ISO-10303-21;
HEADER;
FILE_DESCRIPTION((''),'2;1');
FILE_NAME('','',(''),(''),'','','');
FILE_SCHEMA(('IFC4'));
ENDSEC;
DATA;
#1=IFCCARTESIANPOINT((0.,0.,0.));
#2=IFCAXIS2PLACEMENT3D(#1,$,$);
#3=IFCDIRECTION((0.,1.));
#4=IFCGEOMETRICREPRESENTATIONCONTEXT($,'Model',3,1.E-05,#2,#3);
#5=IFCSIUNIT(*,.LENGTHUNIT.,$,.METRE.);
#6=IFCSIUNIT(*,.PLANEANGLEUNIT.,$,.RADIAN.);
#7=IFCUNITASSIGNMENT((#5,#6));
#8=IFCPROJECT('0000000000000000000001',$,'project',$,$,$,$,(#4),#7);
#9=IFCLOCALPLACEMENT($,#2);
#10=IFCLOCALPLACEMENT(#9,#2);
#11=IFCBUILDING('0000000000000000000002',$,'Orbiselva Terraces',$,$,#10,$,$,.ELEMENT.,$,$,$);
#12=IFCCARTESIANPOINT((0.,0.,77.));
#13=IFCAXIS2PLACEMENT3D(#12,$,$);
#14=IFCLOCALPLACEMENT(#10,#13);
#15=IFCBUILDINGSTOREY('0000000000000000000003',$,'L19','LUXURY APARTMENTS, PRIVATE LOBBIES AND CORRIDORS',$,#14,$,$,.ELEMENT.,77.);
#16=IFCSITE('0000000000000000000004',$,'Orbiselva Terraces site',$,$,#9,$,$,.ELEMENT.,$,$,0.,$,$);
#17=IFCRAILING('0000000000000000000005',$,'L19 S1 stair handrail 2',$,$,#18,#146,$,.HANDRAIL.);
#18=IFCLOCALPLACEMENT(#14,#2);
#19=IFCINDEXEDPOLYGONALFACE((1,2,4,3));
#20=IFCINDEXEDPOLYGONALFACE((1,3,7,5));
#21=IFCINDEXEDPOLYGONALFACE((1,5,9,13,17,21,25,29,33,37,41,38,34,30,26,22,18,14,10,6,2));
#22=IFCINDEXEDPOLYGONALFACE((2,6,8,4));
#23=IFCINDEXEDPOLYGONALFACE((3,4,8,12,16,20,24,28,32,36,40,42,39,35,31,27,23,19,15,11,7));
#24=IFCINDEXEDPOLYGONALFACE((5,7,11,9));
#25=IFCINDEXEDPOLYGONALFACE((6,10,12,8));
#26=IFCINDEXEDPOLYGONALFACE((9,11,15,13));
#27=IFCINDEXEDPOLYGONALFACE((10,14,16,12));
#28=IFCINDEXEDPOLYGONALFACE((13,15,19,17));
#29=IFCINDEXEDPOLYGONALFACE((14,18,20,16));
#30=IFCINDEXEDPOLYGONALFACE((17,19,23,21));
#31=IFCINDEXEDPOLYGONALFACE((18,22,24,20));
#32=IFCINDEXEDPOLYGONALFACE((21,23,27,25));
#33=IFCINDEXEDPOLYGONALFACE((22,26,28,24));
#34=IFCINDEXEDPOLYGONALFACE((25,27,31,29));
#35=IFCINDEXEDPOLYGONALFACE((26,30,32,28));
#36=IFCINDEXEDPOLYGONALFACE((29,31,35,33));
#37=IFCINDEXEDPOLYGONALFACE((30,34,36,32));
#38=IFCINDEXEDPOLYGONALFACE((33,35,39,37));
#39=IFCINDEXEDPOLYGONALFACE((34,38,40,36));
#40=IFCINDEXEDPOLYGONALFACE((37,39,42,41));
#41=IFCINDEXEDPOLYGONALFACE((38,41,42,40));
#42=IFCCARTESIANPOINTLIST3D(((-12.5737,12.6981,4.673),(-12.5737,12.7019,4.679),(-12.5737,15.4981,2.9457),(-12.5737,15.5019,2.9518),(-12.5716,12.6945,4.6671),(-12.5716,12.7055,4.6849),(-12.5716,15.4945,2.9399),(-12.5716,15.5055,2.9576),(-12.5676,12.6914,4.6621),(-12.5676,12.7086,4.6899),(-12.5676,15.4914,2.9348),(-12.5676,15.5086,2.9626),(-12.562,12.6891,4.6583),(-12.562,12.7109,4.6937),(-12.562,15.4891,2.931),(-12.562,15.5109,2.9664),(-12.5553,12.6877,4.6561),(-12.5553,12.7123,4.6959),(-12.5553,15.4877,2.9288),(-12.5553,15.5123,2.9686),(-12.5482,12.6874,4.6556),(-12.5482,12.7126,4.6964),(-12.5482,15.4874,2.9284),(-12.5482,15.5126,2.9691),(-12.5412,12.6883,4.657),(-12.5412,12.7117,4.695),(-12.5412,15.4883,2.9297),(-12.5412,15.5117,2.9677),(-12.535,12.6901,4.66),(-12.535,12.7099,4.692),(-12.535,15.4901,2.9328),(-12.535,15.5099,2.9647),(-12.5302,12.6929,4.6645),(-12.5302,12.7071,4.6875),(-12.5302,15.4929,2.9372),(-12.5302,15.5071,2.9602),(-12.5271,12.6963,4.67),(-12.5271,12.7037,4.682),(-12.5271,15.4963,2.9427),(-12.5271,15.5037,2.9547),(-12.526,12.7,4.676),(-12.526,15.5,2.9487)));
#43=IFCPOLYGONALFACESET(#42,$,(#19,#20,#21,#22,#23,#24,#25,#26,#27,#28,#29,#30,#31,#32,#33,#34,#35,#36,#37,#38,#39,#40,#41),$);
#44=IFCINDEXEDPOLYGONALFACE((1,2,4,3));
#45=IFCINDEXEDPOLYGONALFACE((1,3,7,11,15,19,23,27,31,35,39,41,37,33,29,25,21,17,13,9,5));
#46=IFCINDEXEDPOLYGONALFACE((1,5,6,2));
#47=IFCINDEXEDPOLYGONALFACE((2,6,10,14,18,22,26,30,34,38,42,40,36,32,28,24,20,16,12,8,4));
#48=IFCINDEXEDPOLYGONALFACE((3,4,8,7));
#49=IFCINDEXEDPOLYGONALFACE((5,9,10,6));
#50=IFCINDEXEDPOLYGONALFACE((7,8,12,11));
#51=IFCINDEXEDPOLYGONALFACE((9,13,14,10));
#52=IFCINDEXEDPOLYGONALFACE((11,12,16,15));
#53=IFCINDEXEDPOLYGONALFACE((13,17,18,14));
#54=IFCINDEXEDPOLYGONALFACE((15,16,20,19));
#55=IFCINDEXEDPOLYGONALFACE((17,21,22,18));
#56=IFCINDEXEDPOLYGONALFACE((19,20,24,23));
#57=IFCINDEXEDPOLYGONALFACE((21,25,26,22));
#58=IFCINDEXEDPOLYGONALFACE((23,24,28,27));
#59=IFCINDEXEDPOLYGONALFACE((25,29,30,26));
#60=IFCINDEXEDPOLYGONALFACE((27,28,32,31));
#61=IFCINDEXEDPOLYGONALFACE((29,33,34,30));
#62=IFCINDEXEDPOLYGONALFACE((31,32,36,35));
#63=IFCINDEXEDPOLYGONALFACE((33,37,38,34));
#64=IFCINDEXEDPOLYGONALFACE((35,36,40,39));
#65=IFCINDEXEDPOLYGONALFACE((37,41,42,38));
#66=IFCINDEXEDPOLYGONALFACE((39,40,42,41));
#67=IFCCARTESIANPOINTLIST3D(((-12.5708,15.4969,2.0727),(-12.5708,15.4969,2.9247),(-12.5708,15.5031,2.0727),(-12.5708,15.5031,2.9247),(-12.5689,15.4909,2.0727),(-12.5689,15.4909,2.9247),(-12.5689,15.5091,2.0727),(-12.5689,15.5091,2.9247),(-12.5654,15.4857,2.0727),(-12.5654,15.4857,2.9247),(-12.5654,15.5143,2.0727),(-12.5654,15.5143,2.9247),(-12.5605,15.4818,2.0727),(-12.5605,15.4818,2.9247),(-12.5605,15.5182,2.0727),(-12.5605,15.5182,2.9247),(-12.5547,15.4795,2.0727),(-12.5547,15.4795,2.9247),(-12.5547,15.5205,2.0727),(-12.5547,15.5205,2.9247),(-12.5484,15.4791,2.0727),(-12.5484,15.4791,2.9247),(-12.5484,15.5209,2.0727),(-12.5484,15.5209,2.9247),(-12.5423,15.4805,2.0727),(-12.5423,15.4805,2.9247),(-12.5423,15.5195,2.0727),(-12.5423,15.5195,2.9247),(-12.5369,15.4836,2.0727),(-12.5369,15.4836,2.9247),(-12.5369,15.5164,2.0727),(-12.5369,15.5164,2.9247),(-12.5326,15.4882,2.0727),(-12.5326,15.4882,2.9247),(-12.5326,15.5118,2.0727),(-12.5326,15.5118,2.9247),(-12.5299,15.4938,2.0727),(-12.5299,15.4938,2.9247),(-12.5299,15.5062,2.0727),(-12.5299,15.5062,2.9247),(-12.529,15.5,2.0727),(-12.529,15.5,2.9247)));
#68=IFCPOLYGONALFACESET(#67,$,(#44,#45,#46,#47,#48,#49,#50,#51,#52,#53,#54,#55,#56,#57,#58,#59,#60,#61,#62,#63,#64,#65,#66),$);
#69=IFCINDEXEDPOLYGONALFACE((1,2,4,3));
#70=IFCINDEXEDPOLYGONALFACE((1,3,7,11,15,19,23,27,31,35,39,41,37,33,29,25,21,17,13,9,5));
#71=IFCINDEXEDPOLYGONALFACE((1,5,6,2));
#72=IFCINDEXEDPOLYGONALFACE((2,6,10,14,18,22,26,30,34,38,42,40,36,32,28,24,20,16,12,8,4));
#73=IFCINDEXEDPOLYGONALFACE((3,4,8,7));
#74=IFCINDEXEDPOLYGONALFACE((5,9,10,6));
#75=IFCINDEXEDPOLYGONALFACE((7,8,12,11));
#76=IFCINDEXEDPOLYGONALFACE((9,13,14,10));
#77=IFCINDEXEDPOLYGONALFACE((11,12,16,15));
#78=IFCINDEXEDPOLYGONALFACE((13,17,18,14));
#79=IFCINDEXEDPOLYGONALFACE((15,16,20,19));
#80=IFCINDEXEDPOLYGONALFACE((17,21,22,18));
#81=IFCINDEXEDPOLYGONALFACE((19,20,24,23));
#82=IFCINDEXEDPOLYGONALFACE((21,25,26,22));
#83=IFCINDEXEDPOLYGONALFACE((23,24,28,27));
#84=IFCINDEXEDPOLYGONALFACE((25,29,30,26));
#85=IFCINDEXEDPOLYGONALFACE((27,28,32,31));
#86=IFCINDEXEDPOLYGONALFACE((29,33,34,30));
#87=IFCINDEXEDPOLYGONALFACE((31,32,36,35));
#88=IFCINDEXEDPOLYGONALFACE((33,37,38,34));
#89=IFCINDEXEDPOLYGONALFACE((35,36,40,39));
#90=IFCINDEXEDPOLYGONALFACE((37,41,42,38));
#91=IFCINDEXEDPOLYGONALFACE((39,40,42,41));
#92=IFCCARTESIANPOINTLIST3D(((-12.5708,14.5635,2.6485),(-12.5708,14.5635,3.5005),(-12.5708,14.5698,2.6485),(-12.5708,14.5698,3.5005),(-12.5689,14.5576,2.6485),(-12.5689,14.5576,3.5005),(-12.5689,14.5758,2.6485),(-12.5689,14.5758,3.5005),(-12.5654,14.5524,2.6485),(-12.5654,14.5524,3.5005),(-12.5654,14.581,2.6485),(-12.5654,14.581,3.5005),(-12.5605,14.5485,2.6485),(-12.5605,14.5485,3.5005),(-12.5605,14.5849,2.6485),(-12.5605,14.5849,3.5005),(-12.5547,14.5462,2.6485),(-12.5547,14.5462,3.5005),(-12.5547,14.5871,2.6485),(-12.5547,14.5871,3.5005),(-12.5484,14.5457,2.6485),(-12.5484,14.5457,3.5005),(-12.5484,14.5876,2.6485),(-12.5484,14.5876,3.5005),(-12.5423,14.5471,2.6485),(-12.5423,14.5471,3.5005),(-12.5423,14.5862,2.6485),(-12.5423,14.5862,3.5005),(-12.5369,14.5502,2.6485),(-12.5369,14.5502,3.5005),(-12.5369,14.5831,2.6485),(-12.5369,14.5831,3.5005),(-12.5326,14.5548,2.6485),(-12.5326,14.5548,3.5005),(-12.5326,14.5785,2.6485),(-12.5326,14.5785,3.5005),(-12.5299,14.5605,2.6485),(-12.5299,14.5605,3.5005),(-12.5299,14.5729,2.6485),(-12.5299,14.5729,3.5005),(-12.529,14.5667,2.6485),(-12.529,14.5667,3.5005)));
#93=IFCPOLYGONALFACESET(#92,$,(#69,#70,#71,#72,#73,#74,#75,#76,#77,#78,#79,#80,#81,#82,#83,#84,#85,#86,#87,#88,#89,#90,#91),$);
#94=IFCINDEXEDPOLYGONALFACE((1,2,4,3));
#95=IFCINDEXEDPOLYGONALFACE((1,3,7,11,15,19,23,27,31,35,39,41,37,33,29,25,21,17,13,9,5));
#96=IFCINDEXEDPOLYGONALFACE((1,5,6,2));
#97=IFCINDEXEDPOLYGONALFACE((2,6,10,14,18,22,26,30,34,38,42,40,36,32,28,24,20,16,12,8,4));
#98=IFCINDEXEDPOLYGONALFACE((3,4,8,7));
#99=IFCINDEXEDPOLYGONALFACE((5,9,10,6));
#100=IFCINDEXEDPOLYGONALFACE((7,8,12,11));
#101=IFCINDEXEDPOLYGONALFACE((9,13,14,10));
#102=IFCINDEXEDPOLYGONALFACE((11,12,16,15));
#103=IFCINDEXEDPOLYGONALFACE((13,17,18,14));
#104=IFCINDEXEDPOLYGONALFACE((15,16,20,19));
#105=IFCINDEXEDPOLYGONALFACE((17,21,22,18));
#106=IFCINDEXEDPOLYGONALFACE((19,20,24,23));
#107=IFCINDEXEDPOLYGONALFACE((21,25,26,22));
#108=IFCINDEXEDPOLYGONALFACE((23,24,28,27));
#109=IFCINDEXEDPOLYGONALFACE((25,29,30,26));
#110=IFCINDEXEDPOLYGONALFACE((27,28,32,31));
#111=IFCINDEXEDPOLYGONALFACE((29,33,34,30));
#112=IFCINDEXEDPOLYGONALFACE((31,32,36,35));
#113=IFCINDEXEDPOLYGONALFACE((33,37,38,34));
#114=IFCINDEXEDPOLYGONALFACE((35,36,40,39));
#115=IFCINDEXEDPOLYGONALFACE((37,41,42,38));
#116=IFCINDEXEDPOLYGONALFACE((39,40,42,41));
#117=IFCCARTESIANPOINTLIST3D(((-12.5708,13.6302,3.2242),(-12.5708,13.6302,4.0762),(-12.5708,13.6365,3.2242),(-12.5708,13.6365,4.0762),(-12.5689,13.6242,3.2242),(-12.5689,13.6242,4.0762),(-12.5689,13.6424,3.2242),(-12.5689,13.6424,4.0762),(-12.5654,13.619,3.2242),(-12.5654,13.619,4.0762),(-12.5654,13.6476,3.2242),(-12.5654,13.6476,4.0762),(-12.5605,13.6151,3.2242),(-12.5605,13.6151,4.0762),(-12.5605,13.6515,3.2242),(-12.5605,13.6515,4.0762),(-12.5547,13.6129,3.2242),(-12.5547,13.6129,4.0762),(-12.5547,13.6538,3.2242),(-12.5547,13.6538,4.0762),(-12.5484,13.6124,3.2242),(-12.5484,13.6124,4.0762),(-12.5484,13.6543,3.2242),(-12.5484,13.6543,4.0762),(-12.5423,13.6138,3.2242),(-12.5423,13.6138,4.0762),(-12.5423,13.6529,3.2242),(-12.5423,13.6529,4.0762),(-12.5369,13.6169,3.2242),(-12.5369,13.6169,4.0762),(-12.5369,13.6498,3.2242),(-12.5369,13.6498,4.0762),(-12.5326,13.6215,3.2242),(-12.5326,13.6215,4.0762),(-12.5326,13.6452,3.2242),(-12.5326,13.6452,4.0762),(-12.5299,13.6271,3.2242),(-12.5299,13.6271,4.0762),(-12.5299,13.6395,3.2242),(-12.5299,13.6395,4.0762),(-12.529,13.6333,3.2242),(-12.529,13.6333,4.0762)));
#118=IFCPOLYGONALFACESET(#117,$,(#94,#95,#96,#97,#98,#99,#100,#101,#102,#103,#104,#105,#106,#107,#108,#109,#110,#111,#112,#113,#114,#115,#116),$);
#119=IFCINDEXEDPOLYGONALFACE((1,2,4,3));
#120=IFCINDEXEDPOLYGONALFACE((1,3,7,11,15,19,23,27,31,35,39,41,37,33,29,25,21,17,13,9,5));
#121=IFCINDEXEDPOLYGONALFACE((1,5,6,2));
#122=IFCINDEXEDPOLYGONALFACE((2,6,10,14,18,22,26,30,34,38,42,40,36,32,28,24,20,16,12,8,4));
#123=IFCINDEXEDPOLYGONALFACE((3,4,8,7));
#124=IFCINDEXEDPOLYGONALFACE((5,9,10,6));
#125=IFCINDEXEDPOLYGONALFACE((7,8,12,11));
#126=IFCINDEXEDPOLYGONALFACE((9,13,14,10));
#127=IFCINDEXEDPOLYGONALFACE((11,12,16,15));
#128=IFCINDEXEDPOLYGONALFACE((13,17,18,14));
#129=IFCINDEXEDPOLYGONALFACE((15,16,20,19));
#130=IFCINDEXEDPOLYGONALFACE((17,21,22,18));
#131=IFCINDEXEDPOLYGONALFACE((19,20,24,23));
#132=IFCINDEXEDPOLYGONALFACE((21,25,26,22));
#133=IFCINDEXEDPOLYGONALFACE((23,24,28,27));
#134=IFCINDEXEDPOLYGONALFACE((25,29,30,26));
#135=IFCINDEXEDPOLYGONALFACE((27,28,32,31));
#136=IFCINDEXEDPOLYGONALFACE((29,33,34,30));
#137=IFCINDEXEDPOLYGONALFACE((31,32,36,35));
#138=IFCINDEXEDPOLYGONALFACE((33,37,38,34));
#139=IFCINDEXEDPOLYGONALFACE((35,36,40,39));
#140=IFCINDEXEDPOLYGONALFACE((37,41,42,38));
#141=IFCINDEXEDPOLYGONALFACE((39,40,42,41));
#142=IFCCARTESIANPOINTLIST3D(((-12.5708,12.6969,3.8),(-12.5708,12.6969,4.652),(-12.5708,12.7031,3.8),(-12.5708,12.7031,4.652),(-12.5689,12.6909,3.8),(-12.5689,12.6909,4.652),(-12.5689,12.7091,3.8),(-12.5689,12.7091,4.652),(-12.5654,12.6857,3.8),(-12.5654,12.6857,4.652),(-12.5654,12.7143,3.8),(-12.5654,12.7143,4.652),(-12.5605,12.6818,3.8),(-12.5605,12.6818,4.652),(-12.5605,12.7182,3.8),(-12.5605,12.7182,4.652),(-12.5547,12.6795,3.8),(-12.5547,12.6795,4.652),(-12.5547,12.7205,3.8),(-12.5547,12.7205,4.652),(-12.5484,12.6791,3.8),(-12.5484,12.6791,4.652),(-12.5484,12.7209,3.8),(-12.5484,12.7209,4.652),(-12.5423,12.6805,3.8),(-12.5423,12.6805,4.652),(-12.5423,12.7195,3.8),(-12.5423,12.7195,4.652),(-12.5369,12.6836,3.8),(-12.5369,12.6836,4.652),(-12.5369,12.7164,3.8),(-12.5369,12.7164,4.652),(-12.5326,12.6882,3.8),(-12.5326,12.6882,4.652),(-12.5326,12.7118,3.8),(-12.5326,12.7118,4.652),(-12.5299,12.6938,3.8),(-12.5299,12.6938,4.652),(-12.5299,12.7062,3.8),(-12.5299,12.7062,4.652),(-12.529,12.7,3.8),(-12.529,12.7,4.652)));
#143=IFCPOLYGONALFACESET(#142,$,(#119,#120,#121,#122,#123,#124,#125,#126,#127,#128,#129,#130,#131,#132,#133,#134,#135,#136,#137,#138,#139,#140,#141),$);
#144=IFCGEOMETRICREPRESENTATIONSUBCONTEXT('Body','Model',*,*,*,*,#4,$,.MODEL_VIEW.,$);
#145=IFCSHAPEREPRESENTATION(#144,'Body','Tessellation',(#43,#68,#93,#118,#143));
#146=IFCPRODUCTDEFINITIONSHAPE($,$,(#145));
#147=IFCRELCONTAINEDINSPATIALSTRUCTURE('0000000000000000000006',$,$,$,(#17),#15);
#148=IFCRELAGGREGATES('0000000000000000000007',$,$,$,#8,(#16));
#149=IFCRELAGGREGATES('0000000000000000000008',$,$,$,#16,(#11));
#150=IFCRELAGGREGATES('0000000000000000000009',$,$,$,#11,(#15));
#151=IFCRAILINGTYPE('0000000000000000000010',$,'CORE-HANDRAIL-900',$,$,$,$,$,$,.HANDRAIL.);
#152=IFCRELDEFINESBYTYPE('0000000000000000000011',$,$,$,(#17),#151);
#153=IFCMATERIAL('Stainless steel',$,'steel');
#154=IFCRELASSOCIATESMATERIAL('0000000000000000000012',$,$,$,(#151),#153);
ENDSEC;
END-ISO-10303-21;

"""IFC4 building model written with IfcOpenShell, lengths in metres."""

from ifc_helpers import new_model, si_unit, direction, frame, origin, origin_2d, place, context, subcontext, project, spatial, circle, extrude, material, type_object, element, save


model = new_model("IFC4")

# Units and contexts
model_context = context("Model", 3, precision=1e-05, world=origin(), true_north=direction((0.0, 1.0)))
body_context = subcontext(model_context, "Body", "Model", "MODEL_VIEW")
ifc_project = project(units=[si_unit("LENGTHUNIT", "METRE"), si_unit("PLANEANGLEUNIT", "RADIAN")], contexts=[model_context])

# Site, building, storey
site_placement = place(None, origin())
site = spatial("IfcSite", under=ifc_project, at=site_placement, Name="Orbiselva Terraces site", CompositionType="ELEMENT", RefElevation=0.0)
building_placement = place(site_placement, origin())
building = spatial("IfcBuilding", under=site, at=building_placement, Name="Orbiselva Terraces", CompositionType="ELEMENT")
storey_placement = place(building_placement, frame((0.0, 0.0, 77.0)))
storey = spatial("IfcBuildingStorey", under=building, at=storey_placement, Name="L19", Description="LUXURY APARTMENTS, PRIVATE LOBBIES AND CORRIDORS", CompositionType="ELEMENT", Elevation=77.0)

# Railing
ifc_material_1 = material(Name="Stainless steel", Category="steel")
railing_type = type_object("IfcRailingType", Name="CORE-HANDRAIL-900", PredefinedType="HANDRAIL", material=ifc_material_1)
railing_placement = place(storey_placement, frame((-12.55, 15.5, 2.0727)))
element("IfcRailing", 1, at=railing_placement, inside=storey, type_object=railing_type, Name="L19 S1 stair handrail 2", PredefinedType="HANDRAIL", context=body_context, shape_type="SweptSolid", body=[
    extrude(circle(Radius=0.024, at=origin_2d()), frame((0.0, 0.0, 0.876), z_axis=(0.0, -0.851089, 0.525022), x_axis=(1.0, 0.0, 0.0)), (0.0, 0.0, 1.0), 3.2899),
    extrude(circle(Radius=0.021, at=origin_2d()), origin(), (0.0, 0.0, 1.0), 0.852),
    extrude(circle(Radius=0.021, at=origin_2d()), frame((0.0, -0.9333, 0.5758)), (0.0, 0.0, 1.0), 0.852),
    extrude(circle(Radius=0.021, at=origin_2d()), frame((0.0, -1.8667, 1.1515)), (0.0, 0.0, 1.0), 0.852),
    extrude(circle(Radius=0.021, at=origin_2d()), frame((0.0, -2.8, 1.7273)), (0.0, 0.0, 1.0), 0.852),
])

save(model, "model.ifc")
